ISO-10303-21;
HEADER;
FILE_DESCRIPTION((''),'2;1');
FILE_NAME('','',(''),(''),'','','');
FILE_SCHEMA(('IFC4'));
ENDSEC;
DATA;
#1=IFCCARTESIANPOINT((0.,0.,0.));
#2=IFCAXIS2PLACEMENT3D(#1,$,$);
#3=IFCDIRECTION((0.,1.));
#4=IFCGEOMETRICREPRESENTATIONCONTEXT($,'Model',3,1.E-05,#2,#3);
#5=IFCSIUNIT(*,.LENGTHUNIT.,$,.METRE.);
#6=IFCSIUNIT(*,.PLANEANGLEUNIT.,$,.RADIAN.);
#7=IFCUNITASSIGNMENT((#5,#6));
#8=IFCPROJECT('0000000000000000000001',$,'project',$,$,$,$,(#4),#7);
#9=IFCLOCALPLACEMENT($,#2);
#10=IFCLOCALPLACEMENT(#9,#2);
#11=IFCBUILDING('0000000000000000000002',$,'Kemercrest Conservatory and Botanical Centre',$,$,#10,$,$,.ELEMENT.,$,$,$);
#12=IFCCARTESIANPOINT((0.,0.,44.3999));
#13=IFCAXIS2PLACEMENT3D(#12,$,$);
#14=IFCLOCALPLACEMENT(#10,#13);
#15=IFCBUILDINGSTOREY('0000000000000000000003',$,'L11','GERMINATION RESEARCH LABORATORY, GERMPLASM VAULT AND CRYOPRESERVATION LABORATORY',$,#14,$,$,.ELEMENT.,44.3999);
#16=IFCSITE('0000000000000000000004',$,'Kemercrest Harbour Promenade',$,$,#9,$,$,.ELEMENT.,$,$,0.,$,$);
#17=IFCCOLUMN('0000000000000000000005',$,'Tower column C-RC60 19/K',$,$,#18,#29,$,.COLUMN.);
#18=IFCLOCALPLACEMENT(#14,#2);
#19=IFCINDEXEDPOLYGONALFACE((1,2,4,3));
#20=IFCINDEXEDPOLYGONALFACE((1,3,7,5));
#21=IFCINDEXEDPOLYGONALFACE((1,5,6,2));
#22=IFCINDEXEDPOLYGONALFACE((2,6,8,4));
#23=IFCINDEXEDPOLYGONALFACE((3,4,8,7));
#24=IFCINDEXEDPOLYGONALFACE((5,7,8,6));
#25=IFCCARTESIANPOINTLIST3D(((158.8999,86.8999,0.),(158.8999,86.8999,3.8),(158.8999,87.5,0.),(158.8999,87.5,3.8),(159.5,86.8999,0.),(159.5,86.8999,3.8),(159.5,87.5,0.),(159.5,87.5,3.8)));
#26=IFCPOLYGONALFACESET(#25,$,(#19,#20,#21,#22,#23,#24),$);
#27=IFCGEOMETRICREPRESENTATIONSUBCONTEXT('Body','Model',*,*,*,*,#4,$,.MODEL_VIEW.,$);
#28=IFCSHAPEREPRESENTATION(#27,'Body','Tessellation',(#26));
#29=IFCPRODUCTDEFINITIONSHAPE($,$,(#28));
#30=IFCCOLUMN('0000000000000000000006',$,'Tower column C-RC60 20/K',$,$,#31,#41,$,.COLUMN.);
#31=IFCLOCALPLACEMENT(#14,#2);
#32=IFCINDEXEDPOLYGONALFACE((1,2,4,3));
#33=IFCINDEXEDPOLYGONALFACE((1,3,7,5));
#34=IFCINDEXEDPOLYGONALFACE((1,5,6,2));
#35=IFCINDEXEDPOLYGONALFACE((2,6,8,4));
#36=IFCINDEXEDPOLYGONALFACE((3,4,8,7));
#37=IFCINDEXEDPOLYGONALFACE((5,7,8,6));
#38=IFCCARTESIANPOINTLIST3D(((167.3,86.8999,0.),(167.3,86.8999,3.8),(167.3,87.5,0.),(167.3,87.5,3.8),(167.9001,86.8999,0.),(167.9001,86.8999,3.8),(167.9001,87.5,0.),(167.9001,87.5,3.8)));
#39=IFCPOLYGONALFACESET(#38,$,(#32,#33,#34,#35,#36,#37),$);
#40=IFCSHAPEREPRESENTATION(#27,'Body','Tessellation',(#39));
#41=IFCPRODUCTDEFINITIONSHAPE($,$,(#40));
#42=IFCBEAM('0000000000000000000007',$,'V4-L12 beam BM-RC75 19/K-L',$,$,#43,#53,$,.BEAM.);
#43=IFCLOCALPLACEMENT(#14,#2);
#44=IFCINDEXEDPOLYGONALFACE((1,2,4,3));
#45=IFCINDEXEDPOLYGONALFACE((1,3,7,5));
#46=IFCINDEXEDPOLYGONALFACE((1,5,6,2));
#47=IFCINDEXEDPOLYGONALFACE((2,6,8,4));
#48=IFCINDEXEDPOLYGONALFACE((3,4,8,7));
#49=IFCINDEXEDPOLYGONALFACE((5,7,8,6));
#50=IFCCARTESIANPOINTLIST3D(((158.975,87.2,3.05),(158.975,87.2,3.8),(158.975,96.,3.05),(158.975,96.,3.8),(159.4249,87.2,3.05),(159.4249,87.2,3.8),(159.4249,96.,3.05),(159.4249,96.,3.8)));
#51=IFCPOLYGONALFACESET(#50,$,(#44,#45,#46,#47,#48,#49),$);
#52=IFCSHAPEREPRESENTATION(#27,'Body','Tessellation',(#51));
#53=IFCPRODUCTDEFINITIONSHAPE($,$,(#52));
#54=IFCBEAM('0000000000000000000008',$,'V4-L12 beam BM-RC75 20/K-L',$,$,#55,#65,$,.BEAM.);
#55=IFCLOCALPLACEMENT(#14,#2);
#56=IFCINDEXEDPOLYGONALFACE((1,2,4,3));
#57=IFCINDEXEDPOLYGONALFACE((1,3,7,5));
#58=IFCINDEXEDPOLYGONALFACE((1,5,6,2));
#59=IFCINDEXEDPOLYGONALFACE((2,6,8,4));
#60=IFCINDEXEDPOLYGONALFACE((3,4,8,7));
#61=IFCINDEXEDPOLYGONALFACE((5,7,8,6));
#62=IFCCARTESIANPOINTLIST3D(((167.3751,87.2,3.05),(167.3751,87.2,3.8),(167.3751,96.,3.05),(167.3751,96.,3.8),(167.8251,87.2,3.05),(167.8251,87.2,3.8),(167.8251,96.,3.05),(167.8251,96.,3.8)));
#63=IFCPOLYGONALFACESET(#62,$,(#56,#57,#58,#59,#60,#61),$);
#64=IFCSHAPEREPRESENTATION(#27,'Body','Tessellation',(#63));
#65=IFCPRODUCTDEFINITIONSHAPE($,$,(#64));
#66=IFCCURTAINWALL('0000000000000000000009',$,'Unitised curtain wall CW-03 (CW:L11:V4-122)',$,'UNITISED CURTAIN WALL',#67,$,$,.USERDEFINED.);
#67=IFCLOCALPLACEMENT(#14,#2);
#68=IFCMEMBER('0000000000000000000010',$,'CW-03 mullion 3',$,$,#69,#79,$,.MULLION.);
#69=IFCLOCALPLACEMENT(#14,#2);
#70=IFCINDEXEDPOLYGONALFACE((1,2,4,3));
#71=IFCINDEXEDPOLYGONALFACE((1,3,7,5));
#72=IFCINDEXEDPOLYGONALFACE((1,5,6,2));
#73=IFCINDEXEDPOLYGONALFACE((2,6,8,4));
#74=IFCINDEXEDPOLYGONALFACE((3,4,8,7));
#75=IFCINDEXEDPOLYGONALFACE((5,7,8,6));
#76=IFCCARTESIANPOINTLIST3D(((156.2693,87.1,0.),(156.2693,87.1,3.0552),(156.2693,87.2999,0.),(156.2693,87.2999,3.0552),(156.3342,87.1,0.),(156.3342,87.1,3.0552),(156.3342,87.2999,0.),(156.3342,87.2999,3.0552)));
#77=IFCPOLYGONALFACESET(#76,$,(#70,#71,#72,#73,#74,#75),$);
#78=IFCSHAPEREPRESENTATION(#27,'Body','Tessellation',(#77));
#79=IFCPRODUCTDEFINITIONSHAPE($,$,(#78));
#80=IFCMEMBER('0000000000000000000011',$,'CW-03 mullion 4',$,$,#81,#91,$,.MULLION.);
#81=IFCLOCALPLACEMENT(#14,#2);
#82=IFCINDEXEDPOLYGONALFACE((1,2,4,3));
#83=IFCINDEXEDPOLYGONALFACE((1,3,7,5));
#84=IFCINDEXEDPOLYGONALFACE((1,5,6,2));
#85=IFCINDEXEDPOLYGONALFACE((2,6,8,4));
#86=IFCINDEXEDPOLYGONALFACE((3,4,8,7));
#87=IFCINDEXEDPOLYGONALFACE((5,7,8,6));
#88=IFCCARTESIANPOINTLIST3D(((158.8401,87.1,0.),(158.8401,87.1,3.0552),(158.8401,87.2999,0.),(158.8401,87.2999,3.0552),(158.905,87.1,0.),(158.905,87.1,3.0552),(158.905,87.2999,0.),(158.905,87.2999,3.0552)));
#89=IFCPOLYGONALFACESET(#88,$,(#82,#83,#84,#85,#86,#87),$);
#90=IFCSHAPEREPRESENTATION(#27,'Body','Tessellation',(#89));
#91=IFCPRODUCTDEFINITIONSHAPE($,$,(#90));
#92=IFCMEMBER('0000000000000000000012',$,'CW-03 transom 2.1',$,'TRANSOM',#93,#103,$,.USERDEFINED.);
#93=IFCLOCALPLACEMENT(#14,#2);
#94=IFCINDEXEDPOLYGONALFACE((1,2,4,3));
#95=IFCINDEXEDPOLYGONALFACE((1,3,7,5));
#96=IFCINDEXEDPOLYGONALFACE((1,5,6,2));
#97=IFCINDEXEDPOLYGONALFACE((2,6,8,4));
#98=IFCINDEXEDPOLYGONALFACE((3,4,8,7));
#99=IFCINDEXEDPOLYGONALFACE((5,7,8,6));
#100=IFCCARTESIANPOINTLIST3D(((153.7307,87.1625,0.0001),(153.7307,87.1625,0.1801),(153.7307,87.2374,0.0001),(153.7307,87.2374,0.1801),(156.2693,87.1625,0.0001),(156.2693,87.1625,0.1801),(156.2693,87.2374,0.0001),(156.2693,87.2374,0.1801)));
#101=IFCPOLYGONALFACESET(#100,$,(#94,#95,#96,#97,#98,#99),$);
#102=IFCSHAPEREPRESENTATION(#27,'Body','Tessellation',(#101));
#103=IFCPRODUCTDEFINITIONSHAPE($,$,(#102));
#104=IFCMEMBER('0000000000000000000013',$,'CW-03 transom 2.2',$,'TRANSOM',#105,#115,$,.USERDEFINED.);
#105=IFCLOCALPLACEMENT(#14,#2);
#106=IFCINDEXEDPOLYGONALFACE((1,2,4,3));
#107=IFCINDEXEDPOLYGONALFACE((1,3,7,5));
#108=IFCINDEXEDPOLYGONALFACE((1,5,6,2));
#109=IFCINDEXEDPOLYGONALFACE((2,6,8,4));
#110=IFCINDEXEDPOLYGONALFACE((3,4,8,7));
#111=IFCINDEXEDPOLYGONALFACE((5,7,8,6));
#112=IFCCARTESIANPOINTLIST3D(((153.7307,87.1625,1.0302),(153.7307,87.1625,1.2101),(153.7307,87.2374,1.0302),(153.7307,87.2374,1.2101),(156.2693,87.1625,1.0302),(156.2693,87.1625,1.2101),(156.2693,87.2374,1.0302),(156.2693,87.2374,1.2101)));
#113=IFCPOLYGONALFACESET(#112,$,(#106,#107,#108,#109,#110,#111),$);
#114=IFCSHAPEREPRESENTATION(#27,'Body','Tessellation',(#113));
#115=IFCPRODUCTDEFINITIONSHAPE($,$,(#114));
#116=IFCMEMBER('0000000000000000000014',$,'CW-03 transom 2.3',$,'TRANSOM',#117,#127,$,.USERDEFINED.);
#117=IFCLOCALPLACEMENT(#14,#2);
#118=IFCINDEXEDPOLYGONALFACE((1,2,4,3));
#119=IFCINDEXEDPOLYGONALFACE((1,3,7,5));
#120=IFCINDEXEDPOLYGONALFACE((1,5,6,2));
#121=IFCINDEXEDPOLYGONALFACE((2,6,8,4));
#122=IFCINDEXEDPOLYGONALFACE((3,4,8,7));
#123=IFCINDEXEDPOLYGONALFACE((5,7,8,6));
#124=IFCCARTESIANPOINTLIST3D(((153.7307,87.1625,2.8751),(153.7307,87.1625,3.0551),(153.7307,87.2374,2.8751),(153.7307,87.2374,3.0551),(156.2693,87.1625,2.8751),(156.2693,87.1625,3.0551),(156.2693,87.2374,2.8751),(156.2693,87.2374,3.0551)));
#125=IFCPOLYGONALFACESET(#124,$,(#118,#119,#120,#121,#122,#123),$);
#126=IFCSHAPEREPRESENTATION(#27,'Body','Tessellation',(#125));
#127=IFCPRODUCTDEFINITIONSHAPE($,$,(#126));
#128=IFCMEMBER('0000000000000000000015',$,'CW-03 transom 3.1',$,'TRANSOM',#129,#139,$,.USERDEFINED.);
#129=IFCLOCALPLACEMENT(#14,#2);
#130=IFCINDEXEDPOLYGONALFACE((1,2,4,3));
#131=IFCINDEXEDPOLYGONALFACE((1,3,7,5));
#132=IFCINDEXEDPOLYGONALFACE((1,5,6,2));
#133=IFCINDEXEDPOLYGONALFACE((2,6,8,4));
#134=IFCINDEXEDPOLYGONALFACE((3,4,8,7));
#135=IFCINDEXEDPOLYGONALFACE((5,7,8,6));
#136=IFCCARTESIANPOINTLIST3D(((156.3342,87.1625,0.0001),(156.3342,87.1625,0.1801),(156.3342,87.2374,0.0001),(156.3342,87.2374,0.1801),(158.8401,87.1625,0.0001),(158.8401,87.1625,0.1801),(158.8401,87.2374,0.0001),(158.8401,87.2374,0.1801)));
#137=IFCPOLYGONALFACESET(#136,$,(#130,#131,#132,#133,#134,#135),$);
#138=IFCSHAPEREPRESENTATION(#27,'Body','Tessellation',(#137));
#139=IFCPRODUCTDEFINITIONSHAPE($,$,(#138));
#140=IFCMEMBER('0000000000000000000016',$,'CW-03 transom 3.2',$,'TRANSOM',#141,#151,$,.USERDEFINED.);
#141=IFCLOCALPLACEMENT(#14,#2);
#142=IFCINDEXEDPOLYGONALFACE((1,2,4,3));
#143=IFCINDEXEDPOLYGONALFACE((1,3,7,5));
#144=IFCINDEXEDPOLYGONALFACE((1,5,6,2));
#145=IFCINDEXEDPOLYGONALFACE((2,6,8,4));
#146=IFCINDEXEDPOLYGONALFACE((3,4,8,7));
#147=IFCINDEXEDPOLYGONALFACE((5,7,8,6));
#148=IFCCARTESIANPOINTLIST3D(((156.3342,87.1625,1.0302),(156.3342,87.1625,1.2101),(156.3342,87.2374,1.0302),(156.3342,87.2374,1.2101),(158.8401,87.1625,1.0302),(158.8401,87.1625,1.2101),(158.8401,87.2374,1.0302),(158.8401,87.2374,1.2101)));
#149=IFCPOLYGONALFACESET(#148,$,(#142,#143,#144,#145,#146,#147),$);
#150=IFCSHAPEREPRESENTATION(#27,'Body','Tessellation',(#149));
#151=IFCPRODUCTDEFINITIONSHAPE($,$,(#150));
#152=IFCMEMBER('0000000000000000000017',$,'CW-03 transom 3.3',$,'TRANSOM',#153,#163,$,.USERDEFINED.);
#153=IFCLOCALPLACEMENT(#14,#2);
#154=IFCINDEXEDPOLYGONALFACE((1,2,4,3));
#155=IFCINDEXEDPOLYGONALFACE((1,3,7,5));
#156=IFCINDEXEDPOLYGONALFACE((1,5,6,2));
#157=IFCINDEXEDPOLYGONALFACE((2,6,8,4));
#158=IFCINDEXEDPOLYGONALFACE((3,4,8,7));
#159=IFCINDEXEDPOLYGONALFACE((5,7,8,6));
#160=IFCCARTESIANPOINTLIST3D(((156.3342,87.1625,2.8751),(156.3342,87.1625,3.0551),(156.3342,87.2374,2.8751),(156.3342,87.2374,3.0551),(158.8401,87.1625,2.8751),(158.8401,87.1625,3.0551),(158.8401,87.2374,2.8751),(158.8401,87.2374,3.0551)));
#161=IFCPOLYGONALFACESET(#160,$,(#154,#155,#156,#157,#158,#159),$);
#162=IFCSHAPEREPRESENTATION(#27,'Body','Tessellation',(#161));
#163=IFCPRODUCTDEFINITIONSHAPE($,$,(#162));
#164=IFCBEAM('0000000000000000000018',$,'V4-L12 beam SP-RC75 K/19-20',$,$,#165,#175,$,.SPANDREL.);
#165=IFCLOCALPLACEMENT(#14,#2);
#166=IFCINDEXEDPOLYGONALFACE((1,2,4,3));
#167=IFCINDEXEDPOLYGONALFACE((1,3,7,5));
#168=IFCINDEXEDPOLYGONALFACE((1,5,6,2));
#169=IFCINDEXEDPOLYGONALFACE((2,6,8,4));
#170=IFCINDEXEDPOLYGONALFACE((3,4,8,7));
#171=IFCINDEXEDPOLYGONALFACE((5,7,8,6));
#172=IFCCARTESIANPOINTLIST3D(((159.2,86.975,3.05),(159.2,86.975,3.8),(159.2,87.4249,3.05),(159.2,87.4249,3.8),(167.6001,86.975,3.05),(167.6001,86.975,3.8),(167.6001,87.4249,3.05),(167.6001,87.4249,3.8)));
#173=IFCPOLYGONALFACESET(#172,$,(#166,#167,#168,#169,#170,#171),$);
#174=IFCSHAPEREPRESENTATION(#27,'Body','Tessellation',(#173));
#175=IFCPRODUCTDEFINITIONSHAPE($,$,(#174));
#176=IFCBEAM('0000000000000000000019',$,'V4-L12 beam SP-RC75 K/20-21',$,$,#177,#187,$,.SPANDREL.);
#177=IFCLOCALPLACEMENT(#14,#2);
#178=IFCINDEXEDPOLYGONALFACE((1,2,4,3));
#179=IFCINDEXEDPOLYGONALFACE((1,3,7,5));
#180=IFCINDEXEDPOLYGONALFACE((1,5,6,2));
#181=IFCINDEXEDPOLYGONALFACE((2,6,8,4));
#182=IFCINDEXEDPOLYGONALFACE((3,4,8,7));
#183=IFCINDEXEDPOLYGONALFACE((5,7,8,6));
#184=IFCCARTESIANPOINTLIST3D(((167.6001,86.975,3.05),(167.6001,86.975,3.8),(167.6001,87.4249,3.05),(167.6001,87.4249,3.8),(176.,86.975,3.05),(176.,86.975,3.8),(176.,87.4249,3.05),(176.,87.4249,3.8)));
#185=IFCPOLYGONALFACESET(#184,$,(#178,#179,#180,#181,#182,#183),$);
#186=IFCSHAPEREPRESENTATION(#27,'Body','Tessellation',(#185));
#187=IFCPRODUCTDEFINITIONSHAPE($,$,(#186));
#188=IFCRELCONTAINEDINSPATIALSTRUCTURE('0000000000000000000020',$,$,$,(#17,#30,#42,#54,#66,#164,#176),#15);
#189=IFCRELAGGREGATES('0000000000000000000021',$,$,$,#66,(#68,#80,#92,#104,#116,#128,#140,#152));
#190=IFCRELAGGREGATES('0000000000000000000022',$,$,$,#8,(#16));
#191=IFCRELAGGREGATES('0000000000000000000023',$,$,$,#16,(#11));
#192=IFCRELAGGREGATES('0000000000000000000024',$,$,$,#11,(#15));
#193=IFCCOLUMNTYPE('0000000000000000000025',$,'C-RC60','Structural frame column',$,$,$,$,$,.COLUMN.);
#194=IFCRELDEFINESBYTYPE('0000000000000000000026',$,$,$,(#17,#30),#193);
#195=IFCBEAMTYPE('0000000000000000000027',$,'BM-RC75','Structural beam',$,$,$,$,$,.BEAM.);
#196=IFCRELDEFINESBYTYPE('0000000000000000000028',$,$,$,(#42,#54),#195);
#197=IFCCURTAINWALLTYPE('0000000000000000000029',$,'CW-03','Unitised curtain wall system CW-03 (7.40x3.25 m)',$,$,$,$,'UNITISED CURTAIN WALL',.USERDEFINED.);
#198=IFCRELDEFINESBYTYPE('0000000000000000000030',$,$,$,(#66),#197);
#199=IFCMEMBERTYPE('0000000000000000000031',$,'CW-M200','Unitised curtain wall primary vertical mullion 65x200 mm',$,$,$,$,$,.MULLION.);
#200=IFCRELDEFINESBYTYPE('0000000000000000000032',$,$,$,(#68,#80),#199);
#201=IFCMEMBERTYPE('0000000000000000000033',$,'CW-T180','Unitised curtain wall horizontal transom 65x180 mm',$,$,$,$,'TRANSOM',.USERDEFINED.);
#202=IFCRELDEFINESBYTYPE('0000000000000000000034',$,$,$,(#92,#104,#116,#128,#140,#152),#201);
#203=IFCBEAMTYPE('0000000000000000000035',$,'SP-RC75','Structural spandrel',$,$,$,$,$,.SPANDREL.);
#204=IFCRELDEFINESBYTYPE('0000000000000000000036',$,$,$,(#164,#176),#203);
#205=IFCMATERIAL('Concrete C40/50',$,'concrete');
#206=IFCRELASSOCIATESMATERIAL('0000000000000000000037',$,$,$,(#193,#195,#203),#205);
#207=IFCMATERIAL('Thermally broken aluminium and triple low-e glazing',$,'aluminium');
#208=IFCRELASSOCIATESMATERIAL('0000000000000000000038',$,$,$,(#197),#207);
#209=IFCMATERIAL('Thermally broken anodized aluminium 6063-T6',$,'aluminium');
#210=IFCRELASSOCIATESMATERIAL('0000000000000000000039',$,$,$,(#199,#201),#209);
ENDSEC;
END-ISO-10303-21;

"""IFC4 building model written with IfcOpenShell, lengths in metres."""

from ifc_helpers import new_model, si_unit, direction, frame, origin, origin_2d, place, context, subcontext, project, spatial, rectangle, extrude, material, material_profile, profile_set, type_object, element, aggregate, save


model = new_model("IFC4")

# Units and contexts
model_context = context("Model", 3, precision=1e-05, world=origin(), true_north=direction((0.0, 1.0)))
body_context = subcontext(model_context, "Body", "Model", "MODEL_VIEW")
ifc_project = project(units=[si_unit("LENGTHUNIT", "METRE"), si_unit("PLANEANGLEUNIT", "RADIAN")], contexts=[model_context])

# Site, building, storey
site_placement = place(None, origin())
site = spatial("IfcSite", under=ifc_project, at=site_placement, Name="Kemercrest Harbour Promenade", CompositionType="ELEMENT", RefElevation=0.0)
building_placement = place(site_placement, origin())
building = spatial("IfcBuilding", under=site, at=building_placement, Name="Kemercrest Conservatory and Botanical Centre", CompositionType="ELEMENT")
storey_placement = place(building_placement, frame((0.0, 0.0, 44.3999)))
storey = spatial("IfcBuildingStorey", under=building, at=storey_placement, Name="L11", Description="GERMINATION RESEARCH LABORATORY, GERMPLASM VAULT AND CRYOPRESERVATION LABORATORY", CompositionType="ELEMENT", Elevation=44.3999)

# Columns
ifc_material_1 = material(Name="Concrete C40/50", Category="concrete")
ifc_material_profile_1 = material_profile(ifc_material_1, rectangle(XDim=0.6001, YDim=0.6001, at=origin_2d()), Name="RC 600x600")
ifc_profile_set_1 = profile_set([ifc_material_profile_1], Name="Concrete C40/50")
column_type = type_object("IfcColumnType", Name="C-RC60", Description="Structural frame column", PredefinedType="COLUMN", material=ifc_profile_set_1)
for number, where, z_axis, x_axis, name in (
    (1, (159.2, 87.2, 0.0), (0.0, 0.0, 1.0), (1.0, 0.0, 0.0), "Tower column C-RC60 19/K"),
    (2, (167.6001, 87.2, 0.0), (0.0, 0.0, 1.0), (1.0, 0.0, 0.0), "Tower column C-RC60 20/K"),
):
    element("IfcColumn", number, at=place(storey_placement, frame(where, z_axis=z_axis, x_axis=x_axis)), inside=storey, type_object=column_type, Name=name, PredefinedType="COLUMN", context=body_context, shape_type="SweptSolid", body=[
        extrude(rectangle(XDim=0.6001, YDim=0.6001, at=origin_2d()), origin(), (0.0, 0.0, 1.0), 3.8),
    ])

# Beams
ifc_material_profile_2 = material_profile(ifc_material_1, rectangle(XDim=0.45, YDim=0.75, at=origin_2d()), Name="RC 450x750")
ifc_profile_set_2 = profile_set([ifc_material_profile_2], Name="Concrete C40/50")
beam_type_1 = type_object("IfcBeamType", Name="BM-RC75", Description="Structural beam", PredefinedType="BEAM", material=ifc_profile_set_2)
for number, where, z_axis, x_axis, name in (
    (3, (159.2, 87.2, 3.425), (0.0, 1.0, 0.0), (-1.0, 0.0, 0.0), "V4-L12 beam BM-RC75 19/K-L"),
    (4, (167.6001, 87.2, 3.425), (0.0, 1.0, 0.0), (-1.0, 0.0, 0.0), "V4-L12 beam BM-RC75 20/K-L"),
):
    element("IfcBeam", number, at=place(storey_placement, frame(where, z_axis=z_axis, x_axis=x_axis)), inside=storey, type_object=beam_type_1, Name=name, PredefinedType="BEAM", context=body_context, shape_type="SweptSolid", body=[
        extrude(rectangle(XDim=0.45, YDim=0.75, at=origin_2d()), origin(), (0.0, 0.0, 1.0), 8.8),
    ])

# Curtain wall, members
ifc_material_2 = material(Name="Thermally broken aluminium and triple low-e glazing", Category="aluminium")
curtain_wall_type = type_object("IfcCurtainWallType", Name="CW-03", Description="Unitised curtain wall system CW-03 (7.40x3.25 m)", ElementType="UNITISED CURTAIN WALL", PredefinedType="USERDEFINED", material=ifc_material_2)
curtain_wall_placement = place(storey_placement, origin())
curtain_wall = element("IfcCurtainWall", 5, at=curtain_wall_placement, inside=storey, type_object=curtain_wall_type, Name="Unitised curtain wall CW-03 (CW:L11:V4-122)", ObjectType="UNITISED CURTAIN WALL", PredefinedType="USERDEFINED")
ifc_material_3 = material(Name="Thermally broken anodized aluminium 6063-T6", Category="aluminium")
ifc_material_profile_3 = material_profile(ifc_material_3, rectangle(XDim=0.2, YDim=0.0649, at=origin_2d()), Name="AL MULLION 65x200")
ifc_profile_set_3 = profile_set([ifc_material_profile_3], Name="Thermally broken anodized aluminium 6063-T6")
member_type_1 = type_object("IfcMemberType", Name="CW-M200", Description="Unitised curtain wall primary vertical mullion 65x200 mm", PredefinedType="MULLION", material=ifc_profile_set_3)
member_1_placement = place(storey_placement, frame((156.3018, 87.2, 0.0), z_axis=(0.0, 0.0, 1.0), x_axis=(0.0, 1.0, 0.0)))
member_1 = element("IfcMember", 6, at=member_1_placement, type_object=member_type_1, Name="CW-03 mullion 3", PredefinedType="MULLION", context=body_context, shape_type="SweptSolid", body=[
    extrude(rectangle(XDim=0.2, YDim=0.0649, at=origin_2d()), origin(), (0.0, 0.0, 1.0), 3.0552),
])
member_2_placement = place(storey_placement, frame((158.8726, 87.2, 0.0), z_axis=(0.0, 0.0, 1.0), x_axis=(0.0, 1.0, 0.0)))
member_2 = element("IfcMember", 7, at=member_2_placement, type_object=member_type_1, Name="CW-03 mullion 4", PredefinedType="MULLION", context=body_context, shape_type="SweptSolid", body=[
    extrude(rectangle(XDim=0.2, YDim=0.0649, at=origin_2d()), origin(), (0.0, 0.0, 1.0), 3.0552),
])
ifc_material_profile_4 = material_profile(ifc_material_3, rectangle(XDim=0.075, YDim=0.1799, at=origin_2d()), Name="AL TRANSOM 75x180")
ifc_profile_set_4 = profile_set([ifc_material_profile_4], Name="Thermally broken anodized aluminium 6063-T6")
member_type_2 = type_object("IfcMemberType", Name="CW-T180", Description="Unitised curtain wall horizontal transom 65x180 mm", ElementType="TRANSOM", PredefinedType="USERDEFINED", material=ifc_profile_set_4)
member_3_placement = place(storey_placement, frame((153.7307, 87.2, 0.0901), z_axis=(1.0, 0.0, 0.0), x_axis=(0.0, 1.0, 0.0)))
member_3 = element("IfcMember", 8, at=member_3_placement, type_object=member_type_2, Name="CW-03 transom 2.1", ObjectType="TRANSOM", PredefinedType="USERDEFINED", context=body_context, shape_type="SweptSolid", body=[
    extrude(rectangle(XDim=0.075, YDim=0.1799, at=origin_2d()), origin(), (0.0, 0.0, 1.0), 2.5386),
])
member_4_placement = place(storey_placement, frame((153.7307, 87.2, 1.1201), z_axis=(1.0, 0.0, 0.0), x_axis=(0.0, 1.0, 0.0)))
member_4 = element("IfcMember", 9, at=member_4_placement, type_object=member_type_2, Name="CW-03 transom 2.2", ObjectType="TRANSOM", PredefinedType="USERDEFINED", context=body_context, shape_type="SweptSolid", body=[
    extrude(rectangle(XDim=0.075, YDim=0.1799, at=origin_2d()), origin(), (0.0, 0.0, 1.0), 2.5386),
])
member_5_placement = place(storey_placement, frame((153.7307, 87.2, 2.9651), z_axis=(1.0, 0.0, 0.0), x_axis=(0.0, 1.0, 0.0)))
member_5 = element("IfcMember", 10, at=member_5_placement, type_object=member_type_2, Name="CW-03 transom 2.3", ObjectType="TRANSOM", PredefinedType="USERDEFINED", context=body_context, shape_type="SweptSolid", body=[
    extrude(rectangle(XDim=0.075, YDim=0.1799, at=origin_2d()), origin(), (0.0, 0.0, 1.0), 2.5386),
])
member_6_placement = place(storey_placement, frame((156.3342, 87.2, 0.0901), z_axis=(1.0, 0.0, 0.0), x_axis=(0.0, 1.0, 0.0)))
member_6 = element("IfcMember", 11, at=member_6_placement, type_object=member_type_2, Name="CW-03 transom 3.1", ObjectType="TRANSOM", PredefinedType="USERDEFINED", context=body_context, shape_type="SweptSolid", body=[
    extrude(rectangle(XDim=0.075, YDim=0.1799, at=origin_2d()), origin(), (0.0, 0.0, 1.0), 2.5059),
])
member_7_placement = place(storey_placement, frame((156.3342, 87.2, 1.1201), z_axis=(1.0, 0.0, 0.0), x_axis=(0.0, 1.0, 0.0)))
member_7 = element("IfcMember", 12, at=member_7_placement, type_object=member_type_2, Name="CW-03 transom 3.2", ObjectType="TRANSOM", PredefinedType="USERDEFINED", context=body_context, shape_type="SweptSolid", body=[
    extrude(rectangle(XDim=0.075, YDim=0.1799, at=origin_2d()), origin(), (0.0, 0.0, 1.0), 2.5059),
])
member_8_placement = place(storey_placement, frame((156.3342, 87.2, 2.9651), z_axis=(1.0, 0.0, 0.0), x_axis=(0.0, 1.0, 0.0)))
member_8 = element("IfcMember", 13, at=member_8_placement, type_object=member_type_2, Name="CW-03 transom 3.3", ObjectType="TRANSOM", PredefinedType="USERDEFINED", context=body_context, shape_type="SweptSolid", body=[
    extrude(rectangle(XDim=0.075, YDim=0.1799, at=origin_2d()), origin(), (0.0, 0.0, 1.0), 2.5059),
])

# Beams
ifc_material_profile_5 = material_profile(ifc_material_1, rectangle(XDim=0.45, YDim=0.75, at=origin_2d()), Name="RC 450x750")
ifc_profile_set_5 = profile_set([ifc_material_profile_5], Name="Concrete C40/50")
beam_type_2 = type_object("IfcBeamType", Name="SP-RC75", Description="Structural spandrel", PredefinedType="SPANDREL", material=ifc_profile_set_5)
beam_1_placement = place(storey_placement, frame((159.2, 87.2, 3.425), z_axis=(1.0, 0.0, 0.0), x_axis=(0.0, 1.0, 0.0)))
element("IfcBeam", 14, at=beam_1_placement, inside=storey, type_object=beam_type_2, Name="V4-L12 beam SP-RC75 K/19-20", PredefinedType="SPANDREL", context=body_context, shape_type="SweptSolid", body=[
    extrude(rectangle(XDim=0.45, YDim=0.75, at=origin_2d()), origin(), (0.0, 0.0, 1.0), 8.4001),
])
beam_2_placement = place(storey_placement, frame((167.6001, 87.2, 3.425), z_axis=(1.0, 0.0, 0.0), x_axis=(0.0, 1.0, 0.0)))
element("IfcBeam", 15, at=beam_2_placement, inside=storey, type_object=beam_type_2, Name="V4-L12 beam SP-RC75 K/20-21", PredefinedType="SPANDREL", context=body_context, shape_type="SweptSolid", body=[
    extrude(rectangle(XDim=0.45, YDim=0.75, at=origin_2d()), origin(), (0.0, 0.0, 1.0), 8.3999),
])

aggregate(curtain_wall, [member_1, member_2, member_3, member_4, member_5, member_6, member_7, member_8])

save(model, "model.ifc")
